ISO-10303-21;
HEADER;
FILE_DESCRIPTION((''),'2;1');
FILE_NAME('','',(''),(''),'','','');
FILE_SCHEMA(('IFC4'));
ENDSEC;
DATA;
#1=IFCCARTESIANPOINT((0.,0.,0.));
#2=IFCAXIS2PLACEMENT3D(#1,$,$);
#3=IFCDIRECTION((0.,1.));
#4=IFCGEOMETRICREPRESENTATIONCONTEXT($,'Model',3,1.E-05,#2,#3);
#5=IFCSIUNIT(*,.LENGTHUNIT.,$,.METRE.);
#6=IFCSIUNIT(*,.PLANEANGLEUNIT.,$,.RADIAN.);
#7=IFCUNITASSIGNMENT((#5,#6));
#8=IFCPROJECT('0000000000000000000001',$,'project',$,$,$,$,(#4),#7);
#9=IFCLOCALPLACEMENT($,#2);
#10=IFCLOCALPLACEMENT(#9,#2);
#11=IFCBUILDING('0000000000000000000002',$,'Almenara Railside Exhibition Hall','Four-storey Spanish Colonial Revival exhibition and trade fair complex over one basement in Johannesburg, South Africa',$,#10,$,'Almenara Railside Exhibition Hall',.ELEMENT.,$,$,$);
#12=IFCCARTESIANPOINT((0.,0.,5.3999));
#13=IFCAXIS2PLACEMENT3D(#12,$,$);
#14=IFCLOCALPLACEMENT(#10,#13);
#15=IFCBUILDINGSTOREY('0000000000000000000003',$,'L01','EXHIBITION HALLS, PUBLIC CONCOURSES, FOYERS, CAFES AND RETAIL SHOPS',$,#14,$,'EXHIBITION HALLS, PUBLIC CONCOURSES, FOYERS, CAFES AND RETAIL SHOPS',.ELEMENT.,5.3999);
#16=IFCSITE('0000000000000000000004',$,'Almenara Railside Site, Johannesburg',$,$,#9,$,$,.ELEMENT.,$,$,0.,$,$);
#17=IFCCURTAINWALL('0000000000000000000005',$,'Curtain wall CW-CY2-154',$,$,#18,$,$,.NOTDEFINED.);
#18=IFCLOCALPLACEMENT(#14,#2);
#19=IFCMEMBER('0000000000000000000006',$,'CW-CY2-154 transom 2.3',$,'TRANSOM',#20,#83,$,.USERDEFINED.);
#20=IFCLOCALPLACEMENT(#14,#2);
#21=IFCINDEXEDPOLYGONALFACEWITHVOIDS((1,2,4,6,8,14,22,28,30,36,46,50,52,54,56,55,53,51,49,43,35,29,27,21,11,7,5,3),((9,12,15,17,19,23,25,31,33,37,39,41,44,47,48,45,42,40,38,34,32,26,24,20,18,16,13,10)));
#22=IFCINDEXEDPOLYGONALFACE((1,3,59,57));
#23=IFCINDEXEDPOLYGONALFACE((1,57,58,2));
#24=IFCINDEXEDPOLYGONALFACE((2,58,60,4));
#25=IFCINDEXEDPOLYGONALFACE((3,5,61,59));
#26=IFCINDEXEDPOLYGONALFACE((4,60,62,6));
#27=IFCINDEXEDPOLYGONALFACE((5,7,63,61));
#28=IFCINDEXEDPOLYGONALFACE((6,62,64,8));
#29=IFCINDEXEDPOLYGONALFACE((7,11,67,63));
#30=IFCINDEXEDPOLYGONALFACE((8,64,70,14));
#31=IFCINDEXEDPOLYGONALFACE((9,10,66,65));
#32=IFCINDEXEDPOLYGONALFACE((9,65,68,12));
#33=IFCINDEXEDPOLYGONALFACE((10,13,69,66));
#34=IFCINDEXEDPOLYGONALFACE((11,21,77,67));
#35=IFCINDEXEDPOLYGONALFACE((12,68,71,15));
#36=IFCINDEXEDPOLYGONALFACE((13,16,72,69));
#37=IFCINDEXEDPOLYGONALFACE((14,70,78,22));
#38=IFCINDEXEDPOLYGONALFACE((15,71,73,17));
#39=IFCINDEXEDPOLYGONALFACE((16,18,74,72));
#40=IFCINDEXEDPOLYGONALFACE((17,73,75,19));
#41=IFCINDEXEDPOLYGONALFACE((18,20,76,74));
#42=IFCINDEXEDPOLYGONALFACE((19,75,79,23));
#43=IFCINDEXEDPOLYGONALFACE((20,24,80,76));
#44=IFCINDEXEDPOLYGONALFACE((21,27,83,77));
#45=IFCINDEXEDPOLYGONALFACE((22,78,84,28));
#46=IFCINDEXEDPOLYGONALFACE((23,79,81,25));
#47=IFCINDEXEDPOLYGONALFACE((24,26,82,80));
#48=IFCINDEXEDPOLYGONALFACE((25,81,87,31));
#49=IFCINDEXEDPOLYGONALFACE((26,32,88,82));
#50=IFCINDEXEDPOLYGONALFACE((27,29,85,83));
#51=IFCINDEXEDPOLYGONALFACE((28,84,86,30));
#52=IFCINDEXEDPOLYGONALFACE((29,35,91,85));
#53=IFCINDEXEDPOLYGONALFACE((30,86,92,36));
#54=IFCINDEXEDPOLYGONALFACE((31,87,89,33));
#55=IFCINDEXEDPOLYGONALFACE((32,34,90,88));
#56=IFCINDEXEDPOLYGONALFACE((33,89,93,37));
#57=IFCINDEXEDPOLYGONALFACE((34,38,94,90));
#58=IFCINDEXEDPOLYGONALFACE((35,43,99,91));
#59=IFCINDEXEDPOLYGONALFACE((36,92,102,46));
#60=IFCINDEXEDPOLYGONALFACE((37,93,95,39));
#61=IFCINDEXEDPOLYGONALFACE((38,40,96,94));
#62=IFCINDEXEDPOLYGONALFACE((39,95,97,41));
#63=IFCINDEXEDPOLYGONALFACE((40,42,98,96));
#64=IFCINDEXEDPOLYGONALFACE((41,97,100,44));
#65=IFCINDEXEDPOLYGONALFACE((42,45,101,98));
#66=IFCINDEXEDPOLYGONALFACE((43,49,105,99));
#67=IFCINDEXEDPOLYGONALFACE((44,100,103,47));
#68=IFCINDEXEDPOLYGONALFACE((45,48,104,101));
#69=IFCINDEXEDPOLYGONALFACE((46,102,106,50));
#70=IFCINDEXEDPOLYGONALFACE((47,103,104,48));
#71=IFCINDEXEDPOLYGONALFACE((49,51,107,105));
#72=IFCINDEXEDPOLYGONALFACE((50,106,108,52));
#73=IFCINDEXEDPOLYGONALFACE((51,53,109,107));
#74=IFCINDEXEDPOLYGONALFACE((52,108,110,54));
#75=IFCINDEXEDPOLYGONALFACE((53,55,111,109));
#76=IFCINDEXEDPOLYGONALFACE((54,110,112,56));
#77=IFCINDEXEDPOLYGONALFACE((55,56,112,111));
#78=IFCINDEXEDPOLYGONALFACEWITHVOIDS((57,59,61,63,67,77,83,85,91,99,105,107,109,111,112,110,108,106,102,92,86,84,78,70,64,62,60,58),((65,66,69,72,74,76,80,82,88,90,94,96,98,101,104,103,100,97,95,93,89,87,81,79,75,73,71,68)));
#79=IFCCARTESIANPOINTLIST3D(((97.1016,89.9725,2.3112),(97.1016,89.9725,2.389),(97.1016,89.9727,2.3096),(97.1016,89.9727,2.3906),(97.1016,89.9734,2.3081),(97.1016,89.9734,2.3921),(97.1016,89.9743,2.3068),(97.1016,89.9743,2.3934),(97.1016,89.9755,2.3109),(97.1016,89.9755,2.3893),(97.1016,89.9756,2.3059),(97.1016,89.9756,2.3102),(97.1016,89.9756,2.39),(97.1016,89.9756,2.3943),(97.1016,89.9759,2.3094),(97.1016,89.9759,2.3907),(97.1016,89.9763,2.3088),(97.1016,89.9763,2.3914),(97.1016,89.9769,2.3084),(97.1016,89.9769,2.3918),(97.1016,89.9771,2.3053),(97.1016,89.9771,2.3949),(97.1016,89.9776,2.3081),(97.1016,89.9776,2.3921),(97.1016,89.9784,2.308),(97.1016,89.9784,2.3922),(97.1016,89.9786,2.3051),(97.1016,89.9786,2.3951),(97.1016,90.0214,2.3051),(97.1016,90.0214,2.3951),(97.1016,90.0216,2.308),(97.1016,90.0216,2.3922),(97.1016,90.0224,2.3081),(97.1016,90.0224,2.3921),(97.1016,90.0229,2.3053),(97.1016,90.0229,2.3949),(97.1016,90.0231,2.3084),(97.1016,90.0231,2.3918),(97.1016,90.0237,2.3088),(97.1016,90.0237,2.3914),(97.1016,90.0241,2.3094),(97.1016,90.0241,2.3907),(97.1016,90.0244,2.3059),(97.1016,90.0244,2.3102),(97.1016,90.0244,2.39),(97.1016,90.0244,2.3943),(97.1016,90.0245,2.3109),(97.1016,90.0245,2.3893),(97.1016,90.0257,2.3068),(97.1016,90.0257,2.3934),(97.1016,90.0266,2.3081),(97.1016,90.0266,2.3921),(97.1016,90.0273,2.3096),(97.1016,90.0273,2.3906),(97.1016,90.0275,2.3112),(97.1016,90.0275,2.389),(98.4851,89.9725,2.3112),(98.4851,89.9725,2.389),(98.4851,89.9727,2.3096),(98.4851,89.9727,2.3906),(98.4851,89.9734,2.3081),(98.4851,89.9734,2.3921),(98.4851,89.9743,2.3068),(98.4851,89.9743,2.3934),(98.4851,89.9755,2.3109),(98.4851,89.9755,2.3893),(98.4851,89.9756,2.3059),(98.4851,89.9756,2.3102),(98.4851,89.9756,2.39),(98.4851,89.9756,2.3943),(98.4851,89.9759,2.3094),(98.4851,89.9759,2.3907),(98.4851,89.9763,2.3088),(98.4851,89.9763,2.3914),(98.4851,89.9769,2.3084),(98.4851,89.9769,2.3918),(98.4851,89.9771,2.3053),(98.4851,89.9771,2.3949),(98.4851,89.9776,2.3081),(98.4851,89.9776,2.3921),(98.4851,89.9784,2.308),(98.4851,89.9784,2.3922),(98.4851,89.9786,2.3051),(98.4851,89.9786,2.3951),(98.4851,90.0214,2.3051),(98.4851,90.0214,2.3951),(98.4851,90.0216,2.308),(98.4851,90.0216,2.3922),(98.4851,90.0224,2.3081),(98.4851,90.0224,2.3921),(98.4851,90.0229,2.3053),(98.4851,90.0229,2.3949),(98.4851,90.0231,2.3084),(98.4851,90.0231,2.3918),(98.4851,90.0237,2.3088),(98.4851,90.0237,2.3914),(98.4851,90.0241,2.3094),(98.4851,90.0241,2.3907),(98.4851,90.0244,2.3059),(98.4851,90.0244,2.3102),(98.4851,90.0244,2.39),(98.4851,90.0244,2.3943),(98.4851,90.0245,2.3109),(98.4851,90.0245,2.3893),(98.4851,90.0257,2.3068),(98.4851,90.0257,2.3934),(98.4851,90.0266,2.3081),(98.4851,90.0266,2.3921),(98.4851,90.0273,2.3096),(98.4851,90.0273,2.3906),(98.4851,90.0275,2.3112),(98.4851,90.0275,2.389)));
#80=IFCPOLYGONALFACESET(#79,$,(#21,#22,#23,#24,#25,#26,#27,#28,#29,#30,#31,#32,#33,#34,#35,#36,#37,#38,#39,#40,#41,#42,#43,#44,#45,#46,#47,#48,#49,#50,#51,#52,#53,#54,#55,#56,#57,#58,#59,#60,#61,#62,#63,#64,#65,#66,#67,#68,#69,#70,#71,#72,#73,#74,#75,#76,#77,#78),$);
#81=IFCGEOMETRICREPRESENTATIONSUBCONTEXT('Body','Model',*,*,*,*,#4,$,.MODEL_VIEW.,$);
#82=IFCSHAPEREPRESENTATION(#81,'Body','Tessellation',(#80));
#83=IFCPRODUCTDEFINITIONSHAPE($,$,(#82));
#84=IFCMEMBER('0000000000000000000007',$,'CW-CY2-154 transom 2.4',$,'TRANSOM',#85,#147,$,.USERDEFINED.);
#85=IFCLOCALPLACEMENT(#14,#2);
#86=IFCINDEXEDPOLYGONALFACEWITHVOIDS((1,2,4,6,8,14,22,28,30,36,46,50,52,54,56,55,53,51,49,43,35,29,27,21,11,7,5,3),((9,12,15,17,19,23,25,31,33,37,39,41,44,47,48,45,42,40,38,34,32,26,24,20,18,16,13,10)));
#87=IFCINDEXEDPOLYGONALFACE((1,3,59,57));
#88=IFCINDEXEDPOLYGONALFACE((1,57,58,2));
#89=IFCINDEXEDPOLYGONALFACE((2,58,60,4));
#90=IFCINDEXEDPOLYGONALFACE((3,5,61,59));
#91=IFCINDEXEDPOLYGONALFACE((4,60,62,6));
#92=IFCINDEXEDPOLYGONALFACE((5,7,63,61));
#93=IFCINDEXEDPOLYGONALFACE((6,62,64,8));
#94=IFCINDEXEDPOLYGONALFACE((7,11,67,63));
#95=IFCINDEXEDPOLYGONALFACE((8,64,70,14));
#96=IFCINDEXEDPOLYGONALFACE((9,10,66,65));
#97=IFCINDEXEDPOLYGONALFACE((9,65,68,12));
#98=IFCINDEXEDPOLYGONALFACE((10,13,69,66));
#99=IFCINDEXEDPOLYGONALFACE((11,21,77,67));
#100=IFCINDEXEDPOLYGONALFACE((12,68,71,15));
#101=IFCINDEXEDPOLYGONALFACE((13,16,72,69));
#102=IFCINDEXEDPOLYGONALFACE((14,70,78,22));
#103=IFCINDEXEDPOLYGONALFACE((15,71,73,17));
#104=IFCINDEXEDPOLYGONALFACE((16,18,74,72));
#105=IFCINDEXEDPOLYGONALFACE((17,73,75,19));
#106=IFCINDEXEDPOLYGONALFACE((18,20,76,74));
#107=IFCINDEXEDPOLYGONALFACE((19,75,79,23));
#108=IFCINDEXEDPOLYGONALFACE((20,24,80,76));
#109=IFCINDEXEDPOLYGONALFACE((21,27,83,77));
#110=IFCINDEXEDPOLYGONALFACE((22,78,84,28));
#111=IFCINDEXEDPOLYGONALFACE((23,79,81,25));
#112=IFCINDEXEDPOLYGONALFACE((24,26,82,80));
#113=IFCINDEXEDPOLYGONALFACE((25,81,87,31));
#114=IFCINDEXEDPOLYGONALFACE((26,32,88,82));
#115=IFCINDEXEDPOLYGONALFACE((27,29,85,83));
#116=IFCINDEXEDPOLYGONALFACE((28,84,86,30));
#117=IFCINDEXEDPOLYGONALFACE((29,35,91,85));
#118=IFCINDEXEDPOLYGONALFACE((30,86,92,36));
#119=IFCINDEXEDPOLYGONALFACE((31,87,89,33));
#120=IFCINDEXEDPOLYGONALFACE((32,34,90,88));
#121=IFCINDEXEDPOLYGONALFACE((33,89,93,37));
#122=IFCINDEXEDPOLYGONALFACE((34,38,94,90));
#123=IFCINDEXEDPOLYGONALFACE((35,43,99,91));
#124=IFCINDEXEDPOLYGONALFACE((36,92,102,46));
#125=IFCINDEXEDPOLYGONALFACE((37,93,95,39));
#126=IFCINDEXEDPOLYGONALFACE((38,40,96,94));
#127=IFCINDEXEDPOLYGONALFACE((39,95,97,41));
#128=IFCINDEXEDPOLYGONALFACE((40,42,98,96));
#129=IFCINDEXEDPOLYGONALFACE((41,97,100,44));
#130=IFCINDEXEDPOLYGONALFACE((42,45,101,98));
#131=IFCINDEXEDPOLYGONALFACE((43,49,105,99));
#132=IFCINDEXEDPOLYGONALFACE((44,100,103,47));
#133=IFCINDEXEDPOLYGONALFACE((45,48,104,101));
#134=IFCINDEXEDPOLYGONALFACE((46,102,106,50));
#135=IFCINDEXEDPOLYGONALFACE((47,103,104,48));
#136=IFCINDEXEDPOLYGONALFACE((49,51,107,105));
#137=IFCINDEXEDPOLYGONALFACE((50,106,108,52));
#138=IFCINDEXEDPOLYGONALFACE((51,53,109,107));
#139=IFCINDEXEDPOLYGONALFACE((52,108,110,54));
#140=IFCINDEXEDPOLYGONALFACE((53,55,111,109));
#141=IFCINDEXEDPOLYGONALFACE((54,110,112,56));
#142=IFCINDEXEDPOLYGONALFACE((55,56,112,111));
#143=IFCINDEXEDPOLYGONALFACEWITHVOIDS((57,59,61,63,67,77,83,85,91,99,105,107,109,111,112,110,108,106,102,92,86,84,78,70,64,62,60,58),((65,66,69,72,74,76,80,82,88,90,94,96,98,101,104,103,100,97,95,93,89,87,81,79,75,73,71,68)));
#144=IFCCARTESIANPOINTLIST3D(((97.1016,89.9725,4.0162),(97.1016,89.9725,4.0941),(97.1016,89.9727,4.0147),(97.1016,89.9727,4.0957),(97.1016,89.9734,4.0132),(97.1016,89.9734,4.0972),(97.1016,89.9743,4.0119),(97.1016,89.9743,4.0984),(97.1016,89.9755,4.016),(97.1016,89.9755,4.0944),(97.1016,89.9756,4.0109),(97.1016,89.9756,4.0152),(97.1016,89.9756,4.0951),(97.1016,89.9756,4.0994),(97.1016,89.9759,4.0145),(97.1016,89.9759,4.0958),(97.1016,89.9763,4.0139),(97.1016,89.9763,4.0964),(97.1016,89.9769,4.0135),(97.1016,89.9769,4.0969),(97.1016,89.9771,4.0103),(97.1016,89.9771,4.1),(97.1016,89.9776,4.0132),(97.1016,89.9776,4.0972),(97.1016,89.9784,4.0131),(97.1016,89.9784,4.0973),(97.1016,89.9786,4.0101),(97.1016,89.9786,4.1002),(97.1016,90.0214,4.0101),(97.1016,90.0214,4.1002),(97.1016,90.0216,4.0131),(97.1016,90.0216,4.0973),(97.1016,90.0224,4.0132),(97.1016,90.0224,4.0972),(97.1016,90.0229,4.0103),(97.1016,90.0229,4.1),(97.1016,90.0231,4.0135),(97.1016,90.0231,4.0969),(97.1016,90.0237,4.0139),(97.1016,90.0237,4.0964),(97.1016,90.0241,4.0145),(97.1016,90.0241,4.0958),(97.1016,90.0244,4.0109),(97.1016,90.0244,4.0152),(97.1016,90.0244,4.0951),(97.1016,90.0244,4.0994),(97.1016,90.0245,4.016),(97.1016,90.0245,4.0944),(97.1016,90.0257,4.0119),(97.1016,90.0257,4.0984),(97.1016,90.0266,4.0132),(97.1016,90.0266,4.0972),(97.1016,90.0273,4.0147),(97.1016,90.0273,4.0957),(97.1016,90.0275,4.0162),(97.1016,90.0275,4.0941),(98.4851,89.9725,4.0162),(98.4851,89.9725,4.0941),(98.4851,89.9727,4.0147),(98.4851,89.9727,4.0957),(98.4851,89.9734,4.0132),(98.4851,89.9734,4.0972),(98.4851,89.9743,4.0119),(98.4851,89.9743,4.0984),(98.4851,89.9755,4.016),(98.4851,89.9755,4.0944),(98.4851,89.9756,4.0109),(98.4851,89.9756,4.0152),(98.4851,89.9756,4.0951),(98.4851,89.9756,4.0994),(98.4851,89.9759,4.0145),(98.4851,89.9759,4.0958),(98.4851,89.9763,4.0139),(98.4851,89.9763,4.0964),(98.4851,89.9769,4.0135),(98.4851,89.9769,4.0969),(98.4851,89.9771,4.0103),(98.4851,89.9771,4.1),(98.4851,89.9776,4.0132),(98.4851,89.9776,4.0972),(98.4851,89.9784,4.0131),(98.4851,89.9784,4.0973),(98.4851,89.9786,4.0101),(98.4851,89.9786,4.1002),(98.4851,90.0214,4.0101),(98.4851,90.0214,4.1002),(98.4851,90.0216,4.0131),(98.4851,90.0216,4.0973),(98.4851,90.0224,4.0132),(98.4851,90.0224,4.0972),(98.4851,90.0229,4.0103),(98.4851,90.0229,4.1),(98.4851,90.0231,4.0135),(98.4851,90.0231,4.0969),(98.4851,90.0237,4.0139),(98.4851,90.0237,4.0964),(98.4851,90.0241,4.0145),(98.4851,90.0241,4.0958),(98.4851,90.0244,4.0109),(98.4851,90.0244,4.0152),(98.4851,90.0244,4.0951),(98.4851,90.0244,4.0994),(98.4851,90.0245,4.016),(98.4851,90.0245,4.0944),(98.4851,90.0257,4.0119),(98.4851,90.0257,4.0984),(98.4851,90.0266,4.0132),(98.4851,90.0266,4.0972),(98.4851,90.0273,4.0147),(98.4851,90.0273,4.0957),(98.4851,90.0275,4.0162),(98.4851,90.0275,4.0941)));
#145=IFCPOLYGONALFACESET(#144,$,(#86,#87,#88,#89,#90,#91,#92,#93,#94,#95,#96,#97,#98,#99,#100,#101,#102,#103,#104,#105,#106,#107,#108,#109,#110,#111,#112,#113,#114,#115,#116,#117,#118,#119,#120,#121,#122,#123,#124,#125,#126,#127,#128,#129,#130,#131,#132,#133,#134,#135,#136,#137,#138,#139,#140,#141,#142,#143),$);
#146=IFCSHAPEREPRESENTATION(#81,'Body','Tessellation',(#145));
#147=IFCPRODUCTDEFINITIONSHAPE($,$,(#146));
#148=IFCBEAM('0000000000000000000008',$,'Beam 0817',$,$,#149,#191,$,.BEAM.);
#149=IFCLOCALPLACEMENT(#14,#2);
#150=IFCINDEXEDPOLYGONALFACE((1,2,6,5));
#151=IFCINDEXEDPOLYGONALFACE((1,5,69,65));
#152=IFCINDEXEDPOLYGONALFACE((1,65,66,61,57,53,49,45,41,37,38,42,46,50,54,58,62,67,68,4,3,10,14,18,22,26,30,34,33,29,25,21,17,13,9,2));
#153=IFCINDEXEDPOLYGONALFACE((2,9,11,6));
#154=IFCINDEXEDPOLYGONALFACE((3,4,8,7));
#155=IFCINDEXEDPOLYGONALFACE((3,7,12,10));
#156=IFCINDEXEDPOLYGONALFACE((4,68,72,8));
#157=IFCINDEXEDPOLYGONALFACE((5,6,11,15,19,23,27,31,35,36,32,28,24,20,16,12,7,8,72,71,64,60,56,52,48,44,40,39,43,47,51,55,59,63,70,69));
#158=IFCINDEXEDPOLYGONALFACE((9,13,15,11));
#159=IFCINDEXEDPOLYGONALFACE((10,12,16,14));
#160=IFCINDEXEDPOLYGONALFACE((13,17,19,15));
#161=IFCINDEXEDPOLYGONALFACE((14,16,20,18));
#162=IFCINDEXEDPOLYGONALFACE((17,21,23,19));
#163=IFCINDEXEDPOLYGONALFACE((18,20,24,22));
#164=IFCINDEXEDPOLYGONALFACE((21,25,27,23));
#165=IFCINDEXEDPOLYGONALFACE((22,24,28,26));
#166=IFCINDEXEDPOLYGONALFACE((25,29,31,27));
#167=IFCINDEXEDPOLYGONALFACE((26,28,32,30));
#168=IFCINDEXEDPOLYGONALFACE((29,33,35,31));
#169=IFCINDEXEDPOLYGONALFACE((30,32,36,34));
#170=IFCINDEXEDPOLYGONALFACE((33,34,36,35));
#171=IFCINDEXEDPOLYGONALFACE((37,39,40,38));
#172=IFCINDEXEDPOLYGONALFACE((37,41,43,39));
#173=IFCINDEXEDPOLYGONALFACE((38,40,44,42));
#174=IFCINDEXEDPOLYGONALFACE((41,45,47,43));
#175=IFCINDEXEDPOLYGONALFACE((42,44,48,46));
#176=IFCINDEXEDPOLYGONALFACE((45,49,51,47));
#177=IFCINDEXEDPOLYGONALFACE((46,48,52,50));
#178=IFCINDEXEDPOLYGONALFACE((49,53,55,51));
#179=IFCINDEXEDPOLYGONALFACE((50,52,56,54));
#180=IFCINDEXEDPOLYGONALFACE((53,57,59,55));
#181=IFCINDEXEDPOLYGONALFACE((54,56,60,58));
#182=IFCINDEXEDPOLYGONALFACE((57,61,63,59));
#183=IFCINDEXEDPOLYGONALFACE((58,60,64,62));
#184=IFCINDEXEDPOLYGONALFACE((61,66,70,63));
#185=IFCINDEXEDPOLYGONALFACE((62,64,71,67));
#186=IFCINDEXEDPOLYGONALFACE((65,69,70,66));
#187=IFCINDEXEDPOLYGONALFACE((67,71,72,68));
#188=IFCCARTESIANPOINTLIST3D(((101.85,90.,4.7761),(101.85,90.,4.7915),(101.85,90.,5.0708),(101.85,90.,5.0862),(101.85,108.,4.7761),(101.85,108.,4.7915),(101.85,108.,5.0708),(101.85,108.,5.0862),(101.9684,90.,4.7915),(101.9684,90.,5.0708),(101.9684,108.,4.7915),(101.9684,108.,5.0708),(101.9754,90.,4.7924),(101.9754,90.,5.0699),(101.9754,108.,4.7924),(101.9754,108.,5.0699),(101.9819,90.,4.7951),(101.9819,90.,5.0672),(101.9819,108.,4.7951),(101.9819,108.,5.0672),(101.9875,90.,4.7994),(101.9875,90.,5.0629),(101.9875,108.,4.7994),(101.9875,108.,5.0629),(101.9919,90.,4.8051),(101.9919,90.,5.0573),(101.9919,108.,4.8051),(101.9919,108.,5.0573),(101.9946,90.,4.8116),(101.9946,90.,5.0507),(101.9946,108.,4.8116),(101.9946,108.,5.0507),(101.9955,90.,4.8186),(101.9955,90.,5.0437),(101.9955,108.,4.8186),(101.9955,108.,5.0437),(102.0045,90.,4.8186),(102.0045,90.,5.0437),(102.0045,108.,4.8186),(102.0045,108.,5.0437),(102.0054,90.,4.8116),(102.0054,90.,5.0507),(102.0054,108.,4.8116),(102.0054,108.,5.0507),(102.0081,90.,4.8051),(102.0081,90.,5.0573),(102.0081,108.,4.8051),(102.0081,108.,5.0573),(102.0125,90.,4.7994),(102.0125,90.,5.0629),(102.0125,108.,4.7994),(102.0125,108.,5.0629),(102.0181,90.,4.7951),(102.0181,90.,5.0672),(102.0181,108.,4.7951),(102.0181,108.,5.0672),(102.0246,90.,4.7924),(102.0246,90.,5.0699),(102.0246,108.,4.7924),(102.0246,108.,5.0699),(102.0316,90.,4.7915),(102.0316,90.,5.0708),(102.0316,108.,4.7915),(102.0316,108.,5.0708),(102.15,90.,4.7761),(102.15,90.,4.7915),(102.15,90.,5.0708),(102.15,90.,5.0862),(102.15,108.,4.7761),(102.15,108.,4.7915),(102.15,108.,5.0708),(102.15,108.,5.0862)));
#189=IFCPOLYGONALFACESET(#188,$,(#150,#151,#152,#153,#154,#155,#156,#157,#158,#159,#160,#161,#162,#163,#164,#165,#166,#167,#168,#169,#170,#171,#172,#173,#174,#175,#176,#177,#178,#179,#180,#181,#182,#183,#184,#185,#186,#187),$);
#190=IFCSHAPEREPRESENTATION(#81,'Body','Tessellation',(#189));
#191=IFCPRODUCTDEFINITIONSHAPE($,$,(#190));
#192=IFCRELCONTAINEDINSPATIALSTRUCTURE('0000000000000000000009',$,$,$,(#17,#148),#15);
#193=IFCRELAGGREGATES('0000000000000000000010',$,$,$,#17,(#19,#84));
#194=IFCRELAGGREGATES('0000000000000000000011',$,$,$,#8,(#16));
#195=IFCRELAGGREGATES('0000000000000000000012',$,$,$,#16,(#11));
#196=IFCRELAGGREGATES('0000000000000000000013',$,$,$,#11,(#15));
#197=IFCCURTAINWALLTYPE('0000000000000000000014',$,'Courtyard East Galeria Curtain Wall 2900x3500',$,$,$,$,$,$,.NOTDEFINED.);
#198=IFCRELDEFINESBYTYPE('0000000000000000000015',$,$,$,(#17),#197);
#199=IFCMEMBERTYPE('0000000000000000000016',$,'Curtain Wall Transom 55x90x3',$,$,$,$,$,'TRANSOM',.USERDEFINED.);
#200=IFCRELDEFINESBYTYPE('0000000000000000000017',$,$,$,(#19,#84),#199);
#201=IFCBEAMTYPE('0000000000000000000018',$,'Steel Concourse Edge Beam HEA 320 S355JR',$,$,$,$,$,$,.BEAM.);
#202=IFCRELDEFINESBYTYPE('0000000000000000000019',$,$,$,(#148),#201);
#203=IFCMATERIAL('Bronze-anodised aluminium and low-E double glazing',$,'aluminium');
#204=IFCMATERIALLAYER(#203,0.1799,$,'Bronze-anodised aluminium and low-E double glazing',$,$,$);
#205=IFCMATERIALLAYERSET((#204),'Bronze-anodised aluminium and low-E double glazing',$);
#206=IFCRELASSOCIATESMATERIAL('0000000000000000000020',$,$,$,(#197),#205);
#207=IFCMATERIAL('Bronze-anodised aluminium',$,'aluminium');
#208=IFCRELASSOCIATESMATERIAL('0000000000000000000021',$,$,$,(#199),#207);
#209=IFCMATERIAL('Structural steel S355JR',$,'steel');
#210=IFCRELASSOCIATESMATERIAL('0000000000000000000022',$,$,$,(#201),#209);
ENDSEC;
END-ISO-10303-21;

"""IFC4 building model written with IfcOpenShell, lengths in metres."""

from ifc_helpers import new_model, si_unit, direction, frame, origin, origin_2d, place, context, subcontext, project, spatial, hollow_rectangle, i_section, extrude, material, layer, layer_set, material_profile, profile_set, type_object, element, aggregate, save


model = new_model("IFC4")

# Units and contexts
model_context = context("Model", 3, precision=1e-05, world=origin(), true_north=direction((0.0, 1.0)))
body_context = subcontext(model_context, "Body", "Model", "MODEL_VIEW")
ifc_project = project(units=[si_unit("LENGTHUNIT", "METRE"), si_unit("PLANEANGLEUNIT", "RADIAN")], contexts=[model_context])

# Site, building, storey
site_placement = place(None, origin())
site = spatial("IfcSite", under=ifc_project, at=site_placement, Name="Almenara Railside Site, Johannesburg", CompositionType="ELEMENT", RefElevation=0.0)
building_placement = place(site_placement, origin())
building = spatial("IfcBuilding", under=site, at=building_placement, Name="Almenara Railside Exhibition Hall", Description="Four-storey Spanish Colonial Revival exhibition and trade fair complex over one basement in Johannesburg, South Africa", LongName="Almenara Railside Exhibition Hall", CompositionType="ELEMENT")
storey_placement = place(building_placement, frame((0.0, 0.0, 5.3999)))
storey = spatial("IfcBuildingStorey", under=building, at=storey_placement, Name="L01", Description="EXHIBITION HALLS, PUBLIC CONCOURSES, FOYERS, CAFES AND RETAIL SHOPS", LongName="EXHIBITION HALLS, PUBLIC CONCOURSES, FOYERS, CAFES AND RETAIL SHOPS", CompositionType="ELEMENT", Elevation=5.3999)

# Curtain wall
ifc_material_1 = material(Name="Bronze-anodised aluminium and low-E double glazing", Category="aluminium")
ifc_layer_1 = layer(ifc_material_1, 0.1799, Name="Bronze-anodised aluminium and low-E double glazing")
ifc_layer_set_1 = layer_set([ifc_layer_1], Name="Bronze-anodised aluminium and low-E double glazing")
curtain_wall_type = type_object("IfcCurtainWallType", Name="Courtyard East Galeria Curtain Wall 2900x3500", PredefinedType="NOTDEFINED", material=ifc_layer_set_1)
curtain_wall_1_placement = place(storey_placement, origin())
curtain_wall_1 = element("IfcCurtainWall", 1, at=curtain_wall_1_placement, inside=storey, type_object=curtain_wall_type, Name="Curtain wall CW-CY2-154", PredefinedType="NOTDEFINED")
ifc_material_2 = material(Name="Bronze-anodised aluminium", Category="aluminium")

# Members
ifc_material_profile_1 = material_profile(ifc_material_2, hollow_rectangle(XDim=0.0549, YDim=0.0901, WallThickness=0.0029, InnerFilletRadius=0.0029, OuterFilletRadius=0.0061, at=origin_2d()), Name="ALU-TRN 55x90x3")
ifc_profile_set_1 = profile_set([ifc_material_profile_1], Name="Bronze-anodised aluminium")
member_type_1 = type_object("IfcMemberType", Name="Curtain Wall Transom 55x90x3", ElementType="TRANSOM", PredefinedType="USERDEFINED", material=ifc_profile_set_1)
member_1_placement = place(storey_placement, frame((98.4851, 90.0, 2.3501), z_axis=(-1.0, 0.0, 0.0), x_axis=(0.0, -1.0, 0.0)))
member_1 = element("IfcMember", 2, at=member_1_placement, type_object=member_type_1, Name="CW-CY2-154 transom 2.3", ObjectType="TRANSOM", PredefinedType="USERDEFINED", context=body_context, shape_type="SweptSolid", body=[
    extrude(hollow_rectangle(XDim=0.0549, YDim=0.0901, WallThickness=0.0029, InnerFilletRadius=0.0029, OuterFilletRadius=0.0061, at=origin_2d()), origin(), (0.0, 0.0, 1.0), 1.3835),
])
member_2_placement = place(storey_placement, frame((98.4851, 90.0, 4.0552), z_axis=(-1.0, 0.0, 0.0), x_axis=(0.0, -1.0, 0.0)))
member_2 = element("IfcMember", 3, at=member_2_placement, type_object=member_type_1, Name="CW-CY2-154 transom 2.4", ObjectType="TRANSOM", PredefinedType="USERDEFINED", context=body_context, shape_type="SweptSolid", body=[
    extrude(hollow_rectangle(XDim=0.0549, YDim=0.0901, WallThickness=0.0029, InnerFilletRadius=0.0029, OuterFilletRadius=0.0061, at=origin_2d()), origin(), (0.0, 0.0, 1.0), 1.3835),
])

# Beam
ifc_material_3 = material(Name="Structural steel S355JR", Category="steel")
ifc_material_profile_2 = material_profile(ifc_material_3, i_section(OverallWidth=0.3, OverallDepth=0.3101, WebThickness=0.009, FlangeThickness=0.0154, FilletRadius=0.0271, at=origin_2d()), Name="HEA 320")
ifc_profile_set_2 = profile_set([ifc_material_profile_2], Name="Structural steel S355JR")
beam_type_1 = type_object("IfcBeamType", Name="Steel Concourse Edge Beam HEA 320 S355JR", PredefinedType="BEAM", material=ifc_profile_set_2)
beam_1_placement = place(storey_placement, frame((102.0, 90.0, 4.9312), z_axis=(0.0, 1.0, 0.0), x_axis=(-1.0, 0.0, 0.0)))
element("IfcBeam", 4, at=beam_1_placement, inside=storey, type_object=beam_type_1, Name="Beam 0817", PredefinedType="BEAM", context=body_context, shape_type="SweptSolid", body=[
    extrude(i_section(OverallWidth=0.3, OverallDepth=0.3101, WebThickness=0.009, FlangeThickness=0.0154, FilletRadius=0.0271, at=origin_2d()), origin(), (0.0, 0.0, 1.0), 18.0),
])

aggregate(curtain_wall_1, [member_1, member_2])

save(model, "model.ifc")
